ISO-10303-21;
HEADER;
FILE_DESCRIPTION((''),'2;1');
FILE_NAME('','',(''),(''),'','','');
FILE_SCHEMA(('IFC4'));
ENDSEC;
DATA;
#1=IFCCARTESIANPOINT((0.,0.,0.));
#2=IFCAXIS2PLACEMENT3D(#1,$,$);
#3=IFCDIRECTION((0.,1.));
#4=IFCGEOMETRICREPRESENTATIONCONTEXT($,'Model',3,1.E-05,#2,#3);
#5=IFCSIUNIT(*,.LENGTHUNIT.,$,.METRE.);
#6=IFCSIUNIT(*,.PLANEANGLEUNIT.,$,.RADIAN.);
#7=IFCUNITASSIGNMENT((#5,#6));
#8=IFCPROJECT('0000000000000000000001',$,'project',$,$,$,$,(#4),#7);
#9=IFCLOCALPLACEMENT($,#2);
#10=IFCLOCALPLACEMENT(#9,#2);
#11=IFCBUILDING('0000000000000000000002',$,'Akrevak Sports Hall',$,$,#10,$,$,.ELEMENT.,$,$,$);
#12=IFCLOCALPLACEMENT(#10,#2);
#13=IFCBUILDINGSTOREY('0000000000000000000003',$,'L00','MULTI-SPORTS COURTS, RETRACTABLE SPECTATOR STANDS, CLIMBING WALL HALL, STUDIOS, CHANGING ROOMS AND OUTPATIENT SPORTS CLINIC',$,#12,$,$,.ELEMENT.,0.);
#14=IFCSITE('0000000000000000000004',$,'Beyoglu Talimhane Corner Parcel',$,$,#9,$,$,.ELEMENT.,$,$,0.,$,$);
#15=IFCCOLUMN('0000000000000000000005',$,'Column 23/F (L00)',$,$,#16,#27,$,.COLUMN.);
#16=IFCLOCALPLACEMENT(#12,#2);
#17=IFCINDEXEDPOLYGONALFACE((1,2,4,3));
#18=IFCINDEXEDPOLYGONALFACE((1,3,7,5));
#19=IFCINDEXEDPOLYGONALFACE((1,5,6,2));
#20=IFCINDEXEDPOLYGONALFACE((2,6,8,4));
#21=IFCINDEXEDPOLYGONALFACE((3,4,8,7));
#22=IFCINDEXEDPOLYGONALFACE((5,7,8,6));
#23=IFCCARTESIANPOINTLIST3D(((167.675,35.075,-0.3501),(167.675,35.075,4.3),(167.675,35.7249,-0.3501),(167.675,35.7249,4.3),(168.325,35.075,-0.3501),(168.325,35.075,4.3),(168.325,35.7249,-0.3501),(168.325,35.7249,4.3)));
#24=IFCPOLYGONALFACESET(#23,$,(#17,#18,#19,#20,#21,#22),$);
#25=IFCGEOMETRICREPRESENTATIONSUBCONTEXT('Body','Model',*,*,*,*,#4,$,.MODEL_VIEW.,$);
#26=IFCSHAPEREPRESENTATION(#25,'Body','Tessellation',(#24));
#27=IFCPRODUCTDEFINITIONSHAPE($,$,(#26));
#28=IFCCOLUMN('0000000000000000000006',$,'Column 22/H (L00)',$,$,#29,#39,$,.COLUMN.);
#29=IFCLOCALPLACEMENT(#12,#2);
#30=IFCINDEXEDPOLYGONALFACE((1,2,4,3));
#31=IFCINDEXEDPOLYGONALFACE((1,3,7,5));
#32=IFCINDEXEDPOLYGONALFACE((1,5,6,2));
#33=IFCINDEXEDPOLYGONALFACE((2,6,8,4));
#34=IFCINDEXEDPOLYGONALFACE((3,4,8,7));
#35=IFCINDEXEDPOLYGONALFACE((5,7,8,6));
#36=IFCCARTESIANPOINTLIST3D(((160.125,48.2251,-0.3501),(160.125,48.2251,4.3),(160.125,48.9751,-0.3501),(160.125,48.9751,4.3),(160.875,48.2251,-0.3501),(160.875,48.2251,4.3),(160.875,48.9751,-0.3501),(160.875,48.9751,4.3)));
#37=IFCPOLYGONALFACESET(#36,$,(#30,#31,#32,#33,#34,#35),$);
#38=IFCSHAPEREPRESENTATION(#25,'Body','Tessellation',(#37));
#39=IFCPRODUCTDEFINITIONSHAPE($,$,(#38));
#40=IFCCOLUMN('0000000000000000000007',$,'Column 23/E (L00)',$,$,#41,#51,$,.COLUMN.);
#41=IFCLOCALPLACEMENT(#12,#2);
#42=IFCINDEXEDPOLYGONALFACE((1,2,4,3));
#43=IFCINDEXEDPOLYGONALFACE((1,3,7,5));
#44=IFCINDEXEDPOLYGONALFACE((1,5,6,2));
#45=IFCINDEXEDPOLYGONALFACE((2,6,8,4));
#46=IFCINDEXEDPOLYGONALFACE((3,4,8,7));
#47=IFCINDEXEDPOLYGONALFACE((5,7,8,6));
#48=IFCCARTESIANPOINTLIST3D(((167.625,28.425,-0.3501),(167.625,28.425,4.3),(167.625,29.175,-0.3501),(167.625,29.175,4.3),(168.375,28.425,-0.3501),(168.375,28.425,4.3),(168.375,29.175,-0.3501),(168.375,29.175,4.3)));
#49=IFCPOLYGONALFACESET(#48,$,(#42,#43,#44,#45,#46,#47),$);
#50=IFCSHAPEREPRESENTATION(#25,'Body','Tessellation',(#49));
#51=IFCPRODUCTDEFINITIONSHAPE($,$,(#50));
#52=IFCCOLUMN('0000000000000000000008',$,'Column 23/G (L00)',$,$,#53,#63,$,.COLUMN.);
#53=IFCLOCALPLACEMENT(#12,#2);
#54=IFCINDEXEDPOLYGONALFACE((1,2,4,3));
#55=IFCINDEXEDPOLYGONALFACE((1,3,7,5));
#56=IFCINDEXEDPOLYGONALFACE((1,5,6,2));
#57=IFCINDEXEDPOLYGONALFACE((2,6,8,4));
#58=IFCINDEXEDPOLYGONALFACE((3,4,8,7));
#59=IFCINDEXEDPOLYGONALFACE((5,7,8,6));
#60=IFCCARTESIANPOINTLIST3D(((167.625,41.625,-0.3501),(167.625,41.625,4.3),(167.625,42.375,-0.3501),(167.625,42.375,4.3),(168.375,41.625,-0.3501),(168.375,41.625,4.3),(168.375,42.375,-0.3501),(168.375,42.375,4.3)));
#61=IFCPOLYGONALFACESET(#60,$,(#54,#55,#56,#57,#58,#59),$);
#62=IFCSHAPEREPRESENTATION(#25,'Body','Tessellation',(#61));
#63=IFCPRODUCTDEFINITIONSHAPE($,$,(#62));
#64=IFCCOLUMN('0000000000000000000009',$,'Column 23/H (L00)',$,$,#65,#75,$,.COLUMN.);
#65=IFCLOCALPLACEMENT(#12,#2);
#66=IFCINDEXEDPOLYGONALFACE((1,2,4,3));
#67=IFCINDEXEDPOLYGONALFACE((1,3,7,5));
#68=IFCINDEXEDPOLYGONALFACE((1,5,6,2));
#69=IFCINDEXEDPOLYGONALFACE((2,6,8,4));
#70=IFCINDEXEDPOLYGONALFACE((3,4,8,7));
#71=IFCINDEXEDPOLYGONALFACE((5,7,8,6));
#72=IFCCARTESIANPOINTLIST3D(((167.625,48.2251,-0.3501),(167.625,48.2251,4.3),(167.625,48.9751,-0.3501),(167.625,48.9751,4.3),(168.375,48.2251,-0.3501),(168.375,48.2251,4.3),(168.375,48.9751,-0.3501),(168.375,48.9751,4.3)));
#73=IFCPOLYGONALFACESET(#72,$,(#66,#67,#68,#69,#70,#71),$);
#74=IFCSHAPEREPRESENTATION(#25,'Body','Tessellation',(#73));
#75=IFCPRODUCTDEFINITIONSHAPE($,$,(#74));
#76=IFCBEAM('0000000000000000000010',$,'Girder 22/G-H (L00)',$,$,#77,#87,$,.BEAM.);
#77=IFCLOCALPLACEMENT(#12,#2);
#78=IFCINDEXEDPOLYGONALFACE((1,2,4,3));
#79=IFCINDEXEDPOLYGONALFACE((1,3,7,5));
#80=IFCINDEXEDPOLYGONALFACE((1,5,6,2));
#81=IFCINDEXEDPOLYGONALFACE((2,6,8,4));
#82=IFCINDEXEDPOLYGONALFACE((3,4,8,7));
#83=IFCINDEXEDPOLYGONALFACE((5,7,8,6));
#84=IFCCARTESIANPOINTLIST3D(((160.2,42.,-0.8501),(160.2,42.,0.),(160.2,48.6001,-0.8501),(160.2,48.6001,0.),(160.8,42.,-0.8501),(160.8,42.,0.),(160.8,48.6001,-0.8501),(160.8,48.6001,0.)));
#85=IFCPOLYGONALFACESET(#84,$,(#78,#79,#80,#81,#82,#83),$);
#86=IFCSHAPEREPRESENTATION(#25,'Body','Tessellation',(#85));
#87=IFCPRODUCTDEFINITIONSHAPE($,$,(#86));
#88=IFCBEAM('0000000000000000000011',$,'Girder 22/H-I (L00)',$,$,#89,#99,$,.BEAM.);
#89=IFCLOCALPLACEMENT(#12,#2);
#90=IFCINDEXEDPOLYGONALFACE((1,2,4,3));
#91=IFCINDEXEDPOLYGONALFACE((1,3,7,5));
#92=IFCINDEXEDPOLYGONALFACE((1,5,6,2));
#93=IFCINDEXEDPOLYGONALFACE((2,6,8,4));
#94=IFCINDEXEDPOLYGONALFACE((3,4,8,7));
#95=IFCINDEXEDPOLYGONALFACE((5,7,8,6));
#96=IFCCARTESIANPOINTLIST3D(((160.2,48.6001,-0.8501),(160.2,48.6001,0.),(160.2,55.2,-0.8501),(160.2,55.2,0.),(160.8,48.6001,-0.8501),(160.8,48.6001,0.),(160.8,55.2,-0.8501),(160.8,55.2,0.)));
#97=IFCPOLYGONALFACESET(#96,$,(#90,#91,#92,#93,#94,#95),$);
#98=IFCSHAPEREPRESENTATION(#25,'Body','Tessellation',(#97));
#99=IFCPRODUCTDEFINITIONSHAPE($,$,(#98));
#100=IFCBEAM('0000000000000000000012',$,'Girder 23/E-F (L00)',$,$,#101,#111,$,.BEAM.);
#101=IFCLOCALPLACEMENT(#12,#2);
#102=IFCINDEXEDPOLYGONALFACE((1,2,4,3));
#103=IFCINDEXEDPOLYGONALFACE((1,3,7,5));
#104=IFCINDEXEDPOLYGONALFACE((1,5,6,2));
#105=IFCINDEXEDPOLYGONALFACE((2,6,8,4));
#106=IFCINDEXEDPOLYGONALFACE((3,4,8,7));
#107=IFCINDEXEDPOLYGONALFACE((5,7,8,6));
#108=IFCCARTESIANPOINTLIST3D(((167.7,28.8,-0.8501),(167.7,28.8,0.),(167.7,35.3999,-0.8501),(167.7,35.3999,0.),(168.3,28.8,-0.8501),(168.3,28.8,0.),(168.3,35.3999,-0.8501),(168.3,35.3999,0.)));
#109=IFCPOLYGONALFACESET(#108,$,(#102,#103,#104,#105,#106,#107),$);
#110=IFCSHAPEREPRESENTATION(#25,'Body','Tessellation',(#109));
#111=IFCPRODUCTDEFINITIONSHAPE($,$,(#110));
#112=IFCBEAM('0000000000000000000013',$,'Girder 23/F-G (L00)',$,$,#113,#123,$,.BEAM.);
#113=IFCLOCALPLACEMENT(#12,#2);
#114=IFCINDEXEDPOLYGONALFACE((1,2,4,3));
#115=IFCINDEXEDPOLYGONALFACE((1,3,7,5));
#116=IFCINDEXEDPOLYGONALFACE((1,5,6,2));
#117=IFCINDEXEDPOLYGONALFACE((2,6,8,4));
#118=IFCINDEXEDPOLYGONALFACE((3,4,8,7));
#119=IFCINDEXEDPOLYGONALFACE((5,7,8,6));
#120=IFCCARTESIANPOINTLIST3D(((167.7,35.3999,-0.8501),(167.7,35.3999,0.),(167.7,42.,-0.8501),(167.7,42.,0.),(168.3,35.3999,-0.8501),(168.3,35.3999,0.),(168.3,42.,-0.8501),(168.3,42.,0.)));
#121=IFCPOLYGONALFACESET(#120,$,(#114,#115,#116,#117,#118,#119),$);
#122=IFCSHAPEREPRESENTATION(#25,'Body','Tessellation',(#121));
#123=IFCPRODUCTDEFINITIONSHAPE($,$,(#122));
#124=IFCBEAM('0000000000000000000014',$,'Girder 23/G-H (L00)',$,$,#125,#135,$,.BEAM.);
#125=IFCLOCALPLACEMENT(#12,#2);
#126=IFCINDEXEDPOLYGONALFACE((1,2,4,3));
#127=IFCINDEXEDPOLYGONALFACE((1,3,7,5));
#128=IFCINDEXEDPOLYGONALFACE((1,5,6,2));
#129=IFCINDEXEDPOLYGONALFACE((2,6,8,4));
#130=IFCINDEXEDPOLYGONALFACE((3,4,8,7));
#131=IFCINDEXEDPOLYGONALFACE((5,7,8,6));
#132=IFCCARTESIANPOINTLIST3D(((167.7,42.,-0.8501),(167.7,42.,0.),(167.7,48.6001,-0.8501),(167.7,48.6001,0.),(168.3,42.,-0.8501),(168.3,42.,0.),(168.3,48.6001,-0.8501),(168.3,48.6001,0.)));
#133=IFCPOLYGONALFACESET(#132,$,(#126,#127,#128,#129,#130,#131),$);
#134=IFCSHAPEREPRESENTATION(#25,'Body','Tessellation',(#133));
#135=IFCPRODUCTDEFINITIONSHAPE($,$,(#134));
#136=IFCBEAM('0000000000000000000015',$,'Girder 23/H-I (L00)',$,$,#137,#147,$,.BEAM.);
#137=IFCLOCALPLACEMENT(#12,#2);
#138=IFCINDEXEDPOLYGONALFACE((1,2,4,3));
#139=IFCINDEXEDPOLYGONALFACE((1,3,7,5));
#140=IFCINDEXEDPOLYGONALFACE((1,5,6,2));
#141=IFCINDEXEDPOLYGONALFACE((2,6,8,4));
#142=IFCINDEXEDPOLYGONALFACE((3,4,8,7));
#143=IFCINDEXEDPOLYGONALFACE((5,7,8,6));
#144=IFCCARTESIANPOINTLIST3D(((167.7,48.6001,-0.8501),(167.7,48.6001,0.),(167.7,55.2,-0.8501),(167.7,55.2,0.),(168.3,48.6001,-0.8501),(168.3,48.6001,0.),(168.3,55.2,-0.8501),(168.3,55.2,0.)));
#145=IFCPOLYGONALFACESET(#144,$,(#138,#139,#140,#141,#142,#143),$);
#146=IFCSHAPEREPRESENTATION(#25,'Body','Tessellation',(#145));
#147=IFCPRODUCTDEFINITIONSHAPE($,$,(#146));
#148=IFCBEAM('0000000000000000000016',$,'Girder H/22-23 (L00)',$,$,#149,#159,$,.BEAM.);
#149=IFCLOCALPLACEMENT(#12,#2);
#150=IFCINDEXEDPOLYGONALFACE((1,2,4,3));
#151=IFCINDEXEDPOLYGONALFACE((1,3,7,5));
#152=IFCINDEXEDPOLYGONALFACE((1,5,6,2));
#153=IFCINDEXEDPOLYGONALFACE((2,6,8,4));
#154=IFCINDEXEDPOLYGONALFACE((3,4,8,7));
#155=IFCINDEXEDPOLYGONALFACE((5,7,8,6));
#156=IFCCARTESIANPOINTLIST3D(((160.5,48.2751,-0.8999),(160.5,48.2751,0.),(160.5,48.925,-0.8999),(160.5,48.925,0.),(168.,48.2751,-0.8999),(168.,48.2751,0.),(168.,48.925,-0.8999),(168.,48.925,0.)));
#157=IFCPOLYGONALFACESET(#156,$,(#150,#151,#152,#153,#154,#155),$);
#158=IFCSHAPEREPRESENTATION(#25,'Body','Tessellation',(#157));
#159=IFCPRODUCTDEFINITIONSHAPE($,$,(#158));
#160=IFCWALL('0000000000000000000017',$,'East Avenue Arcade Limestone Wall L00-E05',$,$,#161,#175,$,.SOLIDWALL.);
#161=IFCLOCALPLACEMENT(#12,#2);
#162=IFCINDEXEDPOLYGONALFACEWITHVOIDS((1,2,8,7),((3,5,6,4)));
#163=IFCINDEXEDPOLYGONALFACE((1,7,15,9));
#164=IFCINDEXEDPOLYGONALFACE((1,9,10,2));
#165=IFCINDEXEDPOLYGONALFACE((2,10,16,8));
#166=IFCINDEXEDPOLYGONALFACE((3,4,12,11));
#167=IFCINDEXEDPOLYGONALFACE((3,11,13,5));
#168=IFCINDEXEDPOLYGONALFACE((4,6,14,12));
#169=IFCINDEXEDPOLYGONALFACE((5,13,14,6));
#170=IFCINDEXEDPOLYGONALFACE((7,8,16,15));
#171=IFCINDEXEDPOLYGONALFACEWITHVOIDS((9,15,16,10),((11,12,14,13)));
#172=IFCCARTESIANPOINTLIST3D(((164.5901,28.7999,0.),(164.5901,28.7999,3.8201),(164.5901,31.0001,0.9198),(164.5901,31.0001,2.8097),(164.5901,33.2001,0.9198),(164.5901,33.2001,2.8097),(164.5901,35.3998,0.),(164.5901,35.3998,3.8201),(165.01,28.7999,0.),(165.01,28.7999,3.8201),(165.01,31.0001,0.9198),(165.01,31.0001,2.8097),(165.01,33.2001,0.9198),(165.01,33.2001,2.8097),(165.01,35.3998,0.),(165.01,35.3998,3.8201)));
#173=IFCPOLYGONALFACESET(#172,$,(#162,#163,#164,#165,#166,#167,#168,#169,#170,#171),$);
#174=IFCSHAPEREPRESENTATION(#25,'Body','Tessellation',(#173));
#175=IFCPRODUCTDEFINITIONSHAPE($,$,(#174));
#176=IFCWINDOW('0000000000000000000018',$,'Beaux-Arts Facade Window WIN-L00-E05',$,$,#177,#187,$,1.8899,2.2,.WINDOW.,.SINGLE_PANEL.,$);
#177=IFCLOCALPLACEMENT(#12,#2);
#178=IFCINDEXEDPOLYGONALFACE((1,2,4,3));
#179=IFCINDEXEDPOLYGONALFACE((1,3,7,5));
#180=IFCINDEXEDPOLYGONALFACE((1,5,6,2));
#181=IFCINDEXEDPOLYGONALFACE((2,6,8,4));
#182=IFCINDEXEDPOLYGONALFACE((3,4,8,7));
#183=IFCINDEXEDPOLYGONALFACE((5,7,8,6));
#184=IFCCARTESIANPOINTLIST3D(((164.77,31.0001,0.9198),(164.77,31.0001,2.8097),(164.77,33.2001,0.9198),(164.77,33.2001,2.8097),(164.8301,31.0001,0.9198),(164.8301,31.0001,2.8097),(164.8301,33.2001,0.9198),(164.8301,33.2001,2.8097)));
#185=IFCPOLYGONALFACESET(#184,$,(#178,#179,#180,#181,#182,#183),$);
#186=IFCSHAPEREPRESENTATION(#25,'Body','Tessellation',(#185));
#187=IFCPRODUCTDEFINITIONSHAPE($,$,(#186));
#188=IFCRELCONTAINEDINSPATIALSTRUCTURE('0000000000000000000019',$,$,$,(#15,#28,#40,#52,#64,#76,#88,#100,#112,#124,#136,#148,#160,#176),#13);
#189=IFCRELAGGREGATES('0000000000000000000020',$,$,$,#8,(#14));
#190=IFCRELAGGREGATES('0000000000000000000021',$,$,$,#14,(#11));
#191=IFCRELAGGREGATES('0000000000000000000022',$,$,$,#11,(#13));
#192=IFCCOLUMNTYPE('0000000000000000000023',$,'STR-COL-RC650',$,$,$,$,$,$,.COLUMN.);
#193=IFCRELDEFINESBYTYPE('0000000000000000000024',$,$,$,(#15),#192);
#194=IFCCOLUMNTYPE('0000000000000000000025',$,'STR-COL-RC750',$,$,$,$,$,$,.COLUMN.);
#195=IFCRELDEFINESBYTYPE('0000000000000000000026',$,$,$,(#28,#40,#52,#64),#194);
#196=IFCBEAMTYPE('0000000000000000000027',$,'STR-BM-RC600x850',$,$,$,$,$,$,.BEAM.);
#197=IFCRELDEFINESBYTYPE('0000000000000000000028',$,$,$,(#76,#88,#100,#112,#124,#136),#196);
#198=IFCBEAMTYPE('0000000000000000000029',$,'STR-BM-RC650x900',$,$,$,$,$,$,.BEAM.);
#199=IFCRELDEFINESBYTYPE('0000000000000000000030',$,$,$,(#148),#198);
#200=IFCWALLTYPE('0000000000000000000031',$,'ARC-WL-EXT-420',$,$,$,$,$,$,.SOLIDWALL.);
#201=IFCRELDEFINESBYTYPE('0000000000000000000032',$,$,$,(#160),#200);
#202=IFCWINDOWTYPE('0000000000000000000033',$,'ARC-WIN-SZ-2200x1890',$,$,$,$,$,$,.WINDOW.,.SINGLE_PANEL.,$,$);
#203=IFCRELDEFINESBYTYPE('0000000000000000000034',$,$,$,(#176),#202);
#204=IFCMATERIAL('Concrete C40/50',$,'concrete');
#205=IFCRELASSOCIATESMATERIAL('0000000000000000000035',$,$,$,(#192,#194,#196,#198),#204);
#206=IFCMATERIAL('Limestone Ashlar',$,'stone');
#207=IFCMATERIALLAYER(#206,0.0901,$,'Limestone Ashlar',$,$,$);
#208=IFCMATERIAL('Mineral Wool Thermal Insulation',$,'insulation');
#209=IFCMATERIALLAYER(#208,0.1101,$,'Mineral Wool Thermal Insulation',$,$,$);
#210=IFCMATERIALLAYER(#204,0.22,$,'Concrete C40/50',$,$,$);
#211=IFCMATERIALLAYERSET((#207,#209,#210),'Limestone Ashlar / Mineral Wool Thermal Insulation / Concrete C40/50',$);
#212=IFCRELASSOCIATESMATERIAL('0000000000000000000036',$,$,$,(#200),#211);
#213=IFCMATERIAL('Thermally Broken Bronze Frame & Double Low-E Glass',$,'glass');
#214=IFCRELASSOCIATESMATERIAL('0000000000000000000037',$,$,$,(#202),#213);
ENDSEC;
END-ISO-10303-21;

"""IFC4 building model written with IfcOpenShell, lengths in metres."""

from ifc_helpers import new_model, si_unit, direction, frame, frame_2d, origin, origin_2d, place, context, subcontext, project, spatial, rectangle, extrude, material, layer, layer_set, material_profile, profile_set, type_object, element, fill, save


model = new_model("IFC4")

# Units and contexts
model_context = context("Model", 3, precision=1e-05, world=origin(), true_north=direction((0.0, 1.0)))
body_context = subcontext(model_context, "Body", "Model", "MODEL_VIEW")
ifc_project = project(units=[si_unit("LENGTHUNIT", "METRE"), si_unit("PLANEANGLEUNIT", "RADIAN")], contexts=[model_context])

# Site, building, storey
site_placement = place(None, origin())
site = spatial("IfcSite", under=ifc_project, at=site_placement, Name="Beyoglu Talimhane Corner Parcel", CompositionType="ELEMENT", RefElevation=0.0)
building_placement = place(site_placement, origin())
building = spatial("IfcBuilding", under=site, at=building_placement, Name="Akrevak Sports Hall", CompositionType="ELEMENT")
storey_placement = place(building_placement, origin())
storey = spatial("IfcBuildingStorey", under=building, at=storey_placement, Name="L00", Description="MULTI-SPORTS COURTS, RETRACTABLE SPECTATOR STANDS, CLIMBING WALL HALL, STUDIOS, CHANGING ROOMS AND OUTPATIENT SPORTS CLINIC", CompositionType="ELEMENT", Elevation=0.0)

# Columns
ifc_material_1 = material(Name="Concrete C40/50", Category="concrete")
ifc_material_profile_1 = material_profile(ifc_material_1, rectangle(XDim=0.6499, YDim=0.6499, at=origin_2d()), Name="RC 650x650", Category="concrete")
ifc_profile_set_1 = profile_set([ifc_material_profile_1], Name="Concrete C40/50")
column_type_1 = type_object("IfcColumnType", Name="STR-COL-RC650", PredefinedType="COLUMN", material=ifc_profile_set_1)
column_placement = place(storey_placement, frame((168.0, 35.3999, -0.3501), z_axis=(0.0, 0.0, 1.0), x_axis=(1.0, 0.0, 0.0)))
element("IfcColumn", 1, at=column_placement, inside=storey, type_object=column_type_1, Name="Column 23/F (L00)", PredefinedType="COLUMN", context=body_context, shape_type="SweptSolid", body=[
    extrude(rectangle(XDim=0.6499, YDim=0.6499, at=origin_2d()), origin(), (0.0, 0.0, 1.0), 4.6501),
])
ifc_material_profile_2 = material_profile(ifc_material_1, rectangle(XDim=0.75, YDim=0.75, at=origin_2d()), Name="RC 750x750", Category="concrete")
ifc_profile_set_2 = profile_set([ifc_material_profile_2], Name="Concrete C40/50")
column_type_2 = type_object("IfcColumnType", Name="STR-COL-RC750", PredefinedType="COLUMN", material=ifc_profile_set_2)
for number, where, z_axis, x_axis, name in (
    (2, (160.5, 48.6001, -0.3501), (0.0, 0.0, 1.0), (1.0, 0.0, 0.0), "Column 22/H (L00)"),
    (3, (168.0, 28.8, -0.3501), (0.0, 0.0, 1.0), (1.0, 0.0, 0.0), "Column 23/E (L00)"),
    (4, (168.0, 42.0, -0.3501), (0.0, 0.0, 1.0), (1.0, 0.0, 0.0), "Column 23/G (L00)"),
    (5, (168.0, 48.6001, -0.3501), (0.0, 0.0, 1.0), (1.0, 0.0, 0.0), "Column 23/H (L00)"),
):
    element("IfcColumn", number, at=place(storey_placement, frame(where, z_axis=z_axis, x_axis=x_axis)), inside=storey, type_object=column_type_2, Name=name, PredefinedType="COLUMN", context=body_context, shape_type="SweptSolid", body=[
        extrude(rectangle(XDim=0.75, YDim=0.75, at=origin_2d()), origin(), (0.0, 0.0, 1.0), 4.6501),
    ])

# Beams
ifc_material_profile_3 = material_profile(ifc_material_1, rectangle(XDim=0.6001, YDim=0.8501, at=origin_2d()), Name="BM 600x850", Category="concrete")
ifc_profile_set_3 = profile_set([ifc_material_profile_3], Name="Concrete C40/50")
beam_type_1 = type_object("IfcBeamType", Name="STR-BM-RC600x850", PredefinedType="BEAM", material=ifc_profile_set_3)
beam_1_placement = place(storey_placement, frame((160.5, 42.0, -0.425), z_axis=(0.0, 1.0, 0.0), x_axis=(-1.0, 0.0, 0.0)))
element("IfcBeam", 6, at=beam_1_placement, inside=storey, type_object=beam_type_1, Name="Girder 22/G-H (L00)", PredefinedType="BEAM", context=body_context, shape_type="SweptSolid", body=[
    extrude(rectangle(XDim=0.6001, YDim=0.8501, at=origin_2d()), origin(), (0.0, 0.0, 1.0), 6.6001),
])
for number, where, z_axis, x_axis, name in (
    (7, (160.5, 48.6001, -0.425), (0.0, 1.0, 0.0), (-1.0, 0.0, 0.0), "Girder 22/H-I (L00)"),
    (8, (168.0, 28.8, -0.425), (0.0, 1.0, 0.0), (-1.0, 0.0, 0.0), "Girder 23/E-F (L00)"),
):
    element("IfcBeam", number, at=place(storey_placement, frame(where, z_axis=z_axis, x_axis=x_axis)), inside=storey, type_object=beam_type_1, Name=name, PredefinedType="BEAM", context=body_context, shape_type="SweptSolid", body=[
        extrude(rectangle(XDim=0.6001, YDim=0.8501, at=origin_2d()), origin(), (0.0, 0.0, 1.0), 6.5999),
    ])
for number, where, z_axis, x_axis, name in (
    (9, (168.0, 35.3999, -0.425), (0.0, 1.0, 0.0), (-1.0, 0.0, 0.0), "Girder 23/F-G (L00)"),
    (10, (168.0, 42.0, -0.425), (0.0, 1.0, 0.0), (-1.0, 0.0, 0.0), "Girder 23/G-H (L00)"),
):
    element("IfcBeam", number, at=place(storey_placement, frame(where, z_axis=z_axis, x_axis=x_axis)), inside=storey, type_object=beam_type_1, Name=name, PredefinedType="BEAM", context=body_context, shape_type="SweptSolid", body=[
        extrude(rectangle(XDim=0.6001, YDim=0.8501, at=origin_2d()), origin(), (0.0, 0.0, 1.0), 6.6001),
    ])
beam_2_placement = place(storey_placement, frame((168.0, 48.6001, -0.425), z_axis=(0.0, 1.0, 0.0), x_axis=(-1.0, 0.0, 0.0)))
element("IfcBeam", 11, at=beam_2_placement, inside=storey, type_object=beam_type_1, Name="Girder 23/H-I (L00)", PredefinedType="BEAM", context=body_context, shape_type="SweptSolid", body=[
    extrude(rectangle(XDim=0.6001, YDim=0.8501, at=origin_2d()), origin(), (0.0, 0.0, 1.0), 6.5999),
])
ifc_material_profile_4 = material_profile(ifc_material_1, rectangle(XDim=0.6499, YDim=0.8999, at=origin_2d()), Name="BM 650x900", Category="concrete")
ifc_profile_set_4 = profile_set([ifc_material_profile_4], Name="Concrete C40/50")
beam_type_2 = type_object("IfcBeamType", Name="STR-BM-RC650x900", PredefinedType="BEAM", material=ifc_profile_set_4)
beam_3_placement = place(storey_placement, frame((160.5, 48.6001, -0.45), z_axis=(1.0, 0.0, 0.0), x_axis=(0.0, 1.0, 0.0)))
element("IfcBeam", 12, at=beam_3_placement, inside=storey, type_object=beam_type_2, Name="Girder H/22-23 (L00)", PredefinedType="BEAM", context=body_context, shape_type="SweptSolid", body=[
    extrude(rectangle(XDim=0.6499, YDim=0.8999, at=origin_2d()), origin(), (0.0, 0.0, 1.0), 7.5),
])

# Wall, opening, window
ifc_material_2 = material(Name="Limestone Ashlar", Category="stone")
ifc_layer_1 = layer(ifc_material_2, 0.0901, Name="Limestone Ashlar")
ifc_material_3 = material(Name="Mineral Wool Thermal Insulation", Category="insulation")
ifc_layer_2 = layer(ifc_material_3, 0.1101, Name="Mineral Wool Thermal Insulation")
ifc_layer_3 = layer(ifc_material_1, 0.22, Name="Concrete C40/50")
ifc_layer_set_1 = layer_set([ifc_layer_1, ifc_layer_2, ifc_layer_3], Name="Limestone Ashlar / Mineral Wool Thermal Insulation / Concrete C40/50")
wall_type = type_object("IfcWallType", Name="ARC-WL-EXT-420", PredefinedType="SOLIDWALL", material=ifc_layer_set_1)
wall_1_placement = place(storey_placement, frame((164.8, 28.8, 0.0), z_axis=(0.0, 0.0, 1.0), x_axis=(0.0, 1.0, 0.0)))
wall_1 = element("IfcWall", 13, at=wall_1_placement, inside=storey, type_object=wall_type, Name="East Avenue Arcade Limestone Wall L00-E05", PredefinedType="SOLIDWALL", context=body_context, shape_type="SweptSolid", body=[
    extrude(rectangle(XDim=6.5999, YDim=0.4199, at=frame_2d((3.2998, 0.0))), origin(), (0.0, 0.0, 1.0), 3.8201),
])
opening_1_placement = place(wall_1_placement, frame((2.2, 0.0, 0.9199)))
opening_1 = element("IfcOpeningElement", 14, at=opening_1_placement, cuts=wall_1, PredefinedType="OPENING", context=body_context, shape_type="SweptSolid", body=[
    extrude(rectangle(XDim=2.2, YDim=1.8899, at=frame_2d((1.1001, 0.9448))), frame((0.0, 0.2219, 0.0), z_axis=(0.0, -1.0, 0.0), x_axis=(1.0, 0.0, 0.0)), (0.0, 0.0, 1.0), 0.4438),
])
ifc_material_4 = material(Name="Thermally Broken Bronze Frame & Double Low-E Glass", Category="glass")
window_type = type_object("IfcWindowType", Name="ARC-WIN-SZ-2200x1890", PartitioningType="SINGLE_PANEL", PredefinedType="WINDOW", material=ifc_material_4)
window_1_placement = place(opening_1_placement, origin())
window_1 = element("IfcWindow", 15, at=window_1_placement, inside=storey, type_object=window_type, Name="Beaux-Arts Facade Window WIN-L00-E05", OverallHeight=1.8899, OverallWidth=2.2, PartitioningType="SINGLE_PANEL", PredefinedType="WINDOW", context=body_context, shape_type="SweptSolid", body=[
    extrude(rectangle(XDim=2.2, YDim=1.8899, at=frame_2d((1.1001, 0.9448))), frame((0.0, 0.03, 0.0), z_axis=(0.0, -1.0, 0.0), x_axis=(1.0, 0.0, 0.0)), (0.0, 0.0, 1.0), 0.0601),
])
fill(opening_1, window_1)

save(model, "model.ifc")
